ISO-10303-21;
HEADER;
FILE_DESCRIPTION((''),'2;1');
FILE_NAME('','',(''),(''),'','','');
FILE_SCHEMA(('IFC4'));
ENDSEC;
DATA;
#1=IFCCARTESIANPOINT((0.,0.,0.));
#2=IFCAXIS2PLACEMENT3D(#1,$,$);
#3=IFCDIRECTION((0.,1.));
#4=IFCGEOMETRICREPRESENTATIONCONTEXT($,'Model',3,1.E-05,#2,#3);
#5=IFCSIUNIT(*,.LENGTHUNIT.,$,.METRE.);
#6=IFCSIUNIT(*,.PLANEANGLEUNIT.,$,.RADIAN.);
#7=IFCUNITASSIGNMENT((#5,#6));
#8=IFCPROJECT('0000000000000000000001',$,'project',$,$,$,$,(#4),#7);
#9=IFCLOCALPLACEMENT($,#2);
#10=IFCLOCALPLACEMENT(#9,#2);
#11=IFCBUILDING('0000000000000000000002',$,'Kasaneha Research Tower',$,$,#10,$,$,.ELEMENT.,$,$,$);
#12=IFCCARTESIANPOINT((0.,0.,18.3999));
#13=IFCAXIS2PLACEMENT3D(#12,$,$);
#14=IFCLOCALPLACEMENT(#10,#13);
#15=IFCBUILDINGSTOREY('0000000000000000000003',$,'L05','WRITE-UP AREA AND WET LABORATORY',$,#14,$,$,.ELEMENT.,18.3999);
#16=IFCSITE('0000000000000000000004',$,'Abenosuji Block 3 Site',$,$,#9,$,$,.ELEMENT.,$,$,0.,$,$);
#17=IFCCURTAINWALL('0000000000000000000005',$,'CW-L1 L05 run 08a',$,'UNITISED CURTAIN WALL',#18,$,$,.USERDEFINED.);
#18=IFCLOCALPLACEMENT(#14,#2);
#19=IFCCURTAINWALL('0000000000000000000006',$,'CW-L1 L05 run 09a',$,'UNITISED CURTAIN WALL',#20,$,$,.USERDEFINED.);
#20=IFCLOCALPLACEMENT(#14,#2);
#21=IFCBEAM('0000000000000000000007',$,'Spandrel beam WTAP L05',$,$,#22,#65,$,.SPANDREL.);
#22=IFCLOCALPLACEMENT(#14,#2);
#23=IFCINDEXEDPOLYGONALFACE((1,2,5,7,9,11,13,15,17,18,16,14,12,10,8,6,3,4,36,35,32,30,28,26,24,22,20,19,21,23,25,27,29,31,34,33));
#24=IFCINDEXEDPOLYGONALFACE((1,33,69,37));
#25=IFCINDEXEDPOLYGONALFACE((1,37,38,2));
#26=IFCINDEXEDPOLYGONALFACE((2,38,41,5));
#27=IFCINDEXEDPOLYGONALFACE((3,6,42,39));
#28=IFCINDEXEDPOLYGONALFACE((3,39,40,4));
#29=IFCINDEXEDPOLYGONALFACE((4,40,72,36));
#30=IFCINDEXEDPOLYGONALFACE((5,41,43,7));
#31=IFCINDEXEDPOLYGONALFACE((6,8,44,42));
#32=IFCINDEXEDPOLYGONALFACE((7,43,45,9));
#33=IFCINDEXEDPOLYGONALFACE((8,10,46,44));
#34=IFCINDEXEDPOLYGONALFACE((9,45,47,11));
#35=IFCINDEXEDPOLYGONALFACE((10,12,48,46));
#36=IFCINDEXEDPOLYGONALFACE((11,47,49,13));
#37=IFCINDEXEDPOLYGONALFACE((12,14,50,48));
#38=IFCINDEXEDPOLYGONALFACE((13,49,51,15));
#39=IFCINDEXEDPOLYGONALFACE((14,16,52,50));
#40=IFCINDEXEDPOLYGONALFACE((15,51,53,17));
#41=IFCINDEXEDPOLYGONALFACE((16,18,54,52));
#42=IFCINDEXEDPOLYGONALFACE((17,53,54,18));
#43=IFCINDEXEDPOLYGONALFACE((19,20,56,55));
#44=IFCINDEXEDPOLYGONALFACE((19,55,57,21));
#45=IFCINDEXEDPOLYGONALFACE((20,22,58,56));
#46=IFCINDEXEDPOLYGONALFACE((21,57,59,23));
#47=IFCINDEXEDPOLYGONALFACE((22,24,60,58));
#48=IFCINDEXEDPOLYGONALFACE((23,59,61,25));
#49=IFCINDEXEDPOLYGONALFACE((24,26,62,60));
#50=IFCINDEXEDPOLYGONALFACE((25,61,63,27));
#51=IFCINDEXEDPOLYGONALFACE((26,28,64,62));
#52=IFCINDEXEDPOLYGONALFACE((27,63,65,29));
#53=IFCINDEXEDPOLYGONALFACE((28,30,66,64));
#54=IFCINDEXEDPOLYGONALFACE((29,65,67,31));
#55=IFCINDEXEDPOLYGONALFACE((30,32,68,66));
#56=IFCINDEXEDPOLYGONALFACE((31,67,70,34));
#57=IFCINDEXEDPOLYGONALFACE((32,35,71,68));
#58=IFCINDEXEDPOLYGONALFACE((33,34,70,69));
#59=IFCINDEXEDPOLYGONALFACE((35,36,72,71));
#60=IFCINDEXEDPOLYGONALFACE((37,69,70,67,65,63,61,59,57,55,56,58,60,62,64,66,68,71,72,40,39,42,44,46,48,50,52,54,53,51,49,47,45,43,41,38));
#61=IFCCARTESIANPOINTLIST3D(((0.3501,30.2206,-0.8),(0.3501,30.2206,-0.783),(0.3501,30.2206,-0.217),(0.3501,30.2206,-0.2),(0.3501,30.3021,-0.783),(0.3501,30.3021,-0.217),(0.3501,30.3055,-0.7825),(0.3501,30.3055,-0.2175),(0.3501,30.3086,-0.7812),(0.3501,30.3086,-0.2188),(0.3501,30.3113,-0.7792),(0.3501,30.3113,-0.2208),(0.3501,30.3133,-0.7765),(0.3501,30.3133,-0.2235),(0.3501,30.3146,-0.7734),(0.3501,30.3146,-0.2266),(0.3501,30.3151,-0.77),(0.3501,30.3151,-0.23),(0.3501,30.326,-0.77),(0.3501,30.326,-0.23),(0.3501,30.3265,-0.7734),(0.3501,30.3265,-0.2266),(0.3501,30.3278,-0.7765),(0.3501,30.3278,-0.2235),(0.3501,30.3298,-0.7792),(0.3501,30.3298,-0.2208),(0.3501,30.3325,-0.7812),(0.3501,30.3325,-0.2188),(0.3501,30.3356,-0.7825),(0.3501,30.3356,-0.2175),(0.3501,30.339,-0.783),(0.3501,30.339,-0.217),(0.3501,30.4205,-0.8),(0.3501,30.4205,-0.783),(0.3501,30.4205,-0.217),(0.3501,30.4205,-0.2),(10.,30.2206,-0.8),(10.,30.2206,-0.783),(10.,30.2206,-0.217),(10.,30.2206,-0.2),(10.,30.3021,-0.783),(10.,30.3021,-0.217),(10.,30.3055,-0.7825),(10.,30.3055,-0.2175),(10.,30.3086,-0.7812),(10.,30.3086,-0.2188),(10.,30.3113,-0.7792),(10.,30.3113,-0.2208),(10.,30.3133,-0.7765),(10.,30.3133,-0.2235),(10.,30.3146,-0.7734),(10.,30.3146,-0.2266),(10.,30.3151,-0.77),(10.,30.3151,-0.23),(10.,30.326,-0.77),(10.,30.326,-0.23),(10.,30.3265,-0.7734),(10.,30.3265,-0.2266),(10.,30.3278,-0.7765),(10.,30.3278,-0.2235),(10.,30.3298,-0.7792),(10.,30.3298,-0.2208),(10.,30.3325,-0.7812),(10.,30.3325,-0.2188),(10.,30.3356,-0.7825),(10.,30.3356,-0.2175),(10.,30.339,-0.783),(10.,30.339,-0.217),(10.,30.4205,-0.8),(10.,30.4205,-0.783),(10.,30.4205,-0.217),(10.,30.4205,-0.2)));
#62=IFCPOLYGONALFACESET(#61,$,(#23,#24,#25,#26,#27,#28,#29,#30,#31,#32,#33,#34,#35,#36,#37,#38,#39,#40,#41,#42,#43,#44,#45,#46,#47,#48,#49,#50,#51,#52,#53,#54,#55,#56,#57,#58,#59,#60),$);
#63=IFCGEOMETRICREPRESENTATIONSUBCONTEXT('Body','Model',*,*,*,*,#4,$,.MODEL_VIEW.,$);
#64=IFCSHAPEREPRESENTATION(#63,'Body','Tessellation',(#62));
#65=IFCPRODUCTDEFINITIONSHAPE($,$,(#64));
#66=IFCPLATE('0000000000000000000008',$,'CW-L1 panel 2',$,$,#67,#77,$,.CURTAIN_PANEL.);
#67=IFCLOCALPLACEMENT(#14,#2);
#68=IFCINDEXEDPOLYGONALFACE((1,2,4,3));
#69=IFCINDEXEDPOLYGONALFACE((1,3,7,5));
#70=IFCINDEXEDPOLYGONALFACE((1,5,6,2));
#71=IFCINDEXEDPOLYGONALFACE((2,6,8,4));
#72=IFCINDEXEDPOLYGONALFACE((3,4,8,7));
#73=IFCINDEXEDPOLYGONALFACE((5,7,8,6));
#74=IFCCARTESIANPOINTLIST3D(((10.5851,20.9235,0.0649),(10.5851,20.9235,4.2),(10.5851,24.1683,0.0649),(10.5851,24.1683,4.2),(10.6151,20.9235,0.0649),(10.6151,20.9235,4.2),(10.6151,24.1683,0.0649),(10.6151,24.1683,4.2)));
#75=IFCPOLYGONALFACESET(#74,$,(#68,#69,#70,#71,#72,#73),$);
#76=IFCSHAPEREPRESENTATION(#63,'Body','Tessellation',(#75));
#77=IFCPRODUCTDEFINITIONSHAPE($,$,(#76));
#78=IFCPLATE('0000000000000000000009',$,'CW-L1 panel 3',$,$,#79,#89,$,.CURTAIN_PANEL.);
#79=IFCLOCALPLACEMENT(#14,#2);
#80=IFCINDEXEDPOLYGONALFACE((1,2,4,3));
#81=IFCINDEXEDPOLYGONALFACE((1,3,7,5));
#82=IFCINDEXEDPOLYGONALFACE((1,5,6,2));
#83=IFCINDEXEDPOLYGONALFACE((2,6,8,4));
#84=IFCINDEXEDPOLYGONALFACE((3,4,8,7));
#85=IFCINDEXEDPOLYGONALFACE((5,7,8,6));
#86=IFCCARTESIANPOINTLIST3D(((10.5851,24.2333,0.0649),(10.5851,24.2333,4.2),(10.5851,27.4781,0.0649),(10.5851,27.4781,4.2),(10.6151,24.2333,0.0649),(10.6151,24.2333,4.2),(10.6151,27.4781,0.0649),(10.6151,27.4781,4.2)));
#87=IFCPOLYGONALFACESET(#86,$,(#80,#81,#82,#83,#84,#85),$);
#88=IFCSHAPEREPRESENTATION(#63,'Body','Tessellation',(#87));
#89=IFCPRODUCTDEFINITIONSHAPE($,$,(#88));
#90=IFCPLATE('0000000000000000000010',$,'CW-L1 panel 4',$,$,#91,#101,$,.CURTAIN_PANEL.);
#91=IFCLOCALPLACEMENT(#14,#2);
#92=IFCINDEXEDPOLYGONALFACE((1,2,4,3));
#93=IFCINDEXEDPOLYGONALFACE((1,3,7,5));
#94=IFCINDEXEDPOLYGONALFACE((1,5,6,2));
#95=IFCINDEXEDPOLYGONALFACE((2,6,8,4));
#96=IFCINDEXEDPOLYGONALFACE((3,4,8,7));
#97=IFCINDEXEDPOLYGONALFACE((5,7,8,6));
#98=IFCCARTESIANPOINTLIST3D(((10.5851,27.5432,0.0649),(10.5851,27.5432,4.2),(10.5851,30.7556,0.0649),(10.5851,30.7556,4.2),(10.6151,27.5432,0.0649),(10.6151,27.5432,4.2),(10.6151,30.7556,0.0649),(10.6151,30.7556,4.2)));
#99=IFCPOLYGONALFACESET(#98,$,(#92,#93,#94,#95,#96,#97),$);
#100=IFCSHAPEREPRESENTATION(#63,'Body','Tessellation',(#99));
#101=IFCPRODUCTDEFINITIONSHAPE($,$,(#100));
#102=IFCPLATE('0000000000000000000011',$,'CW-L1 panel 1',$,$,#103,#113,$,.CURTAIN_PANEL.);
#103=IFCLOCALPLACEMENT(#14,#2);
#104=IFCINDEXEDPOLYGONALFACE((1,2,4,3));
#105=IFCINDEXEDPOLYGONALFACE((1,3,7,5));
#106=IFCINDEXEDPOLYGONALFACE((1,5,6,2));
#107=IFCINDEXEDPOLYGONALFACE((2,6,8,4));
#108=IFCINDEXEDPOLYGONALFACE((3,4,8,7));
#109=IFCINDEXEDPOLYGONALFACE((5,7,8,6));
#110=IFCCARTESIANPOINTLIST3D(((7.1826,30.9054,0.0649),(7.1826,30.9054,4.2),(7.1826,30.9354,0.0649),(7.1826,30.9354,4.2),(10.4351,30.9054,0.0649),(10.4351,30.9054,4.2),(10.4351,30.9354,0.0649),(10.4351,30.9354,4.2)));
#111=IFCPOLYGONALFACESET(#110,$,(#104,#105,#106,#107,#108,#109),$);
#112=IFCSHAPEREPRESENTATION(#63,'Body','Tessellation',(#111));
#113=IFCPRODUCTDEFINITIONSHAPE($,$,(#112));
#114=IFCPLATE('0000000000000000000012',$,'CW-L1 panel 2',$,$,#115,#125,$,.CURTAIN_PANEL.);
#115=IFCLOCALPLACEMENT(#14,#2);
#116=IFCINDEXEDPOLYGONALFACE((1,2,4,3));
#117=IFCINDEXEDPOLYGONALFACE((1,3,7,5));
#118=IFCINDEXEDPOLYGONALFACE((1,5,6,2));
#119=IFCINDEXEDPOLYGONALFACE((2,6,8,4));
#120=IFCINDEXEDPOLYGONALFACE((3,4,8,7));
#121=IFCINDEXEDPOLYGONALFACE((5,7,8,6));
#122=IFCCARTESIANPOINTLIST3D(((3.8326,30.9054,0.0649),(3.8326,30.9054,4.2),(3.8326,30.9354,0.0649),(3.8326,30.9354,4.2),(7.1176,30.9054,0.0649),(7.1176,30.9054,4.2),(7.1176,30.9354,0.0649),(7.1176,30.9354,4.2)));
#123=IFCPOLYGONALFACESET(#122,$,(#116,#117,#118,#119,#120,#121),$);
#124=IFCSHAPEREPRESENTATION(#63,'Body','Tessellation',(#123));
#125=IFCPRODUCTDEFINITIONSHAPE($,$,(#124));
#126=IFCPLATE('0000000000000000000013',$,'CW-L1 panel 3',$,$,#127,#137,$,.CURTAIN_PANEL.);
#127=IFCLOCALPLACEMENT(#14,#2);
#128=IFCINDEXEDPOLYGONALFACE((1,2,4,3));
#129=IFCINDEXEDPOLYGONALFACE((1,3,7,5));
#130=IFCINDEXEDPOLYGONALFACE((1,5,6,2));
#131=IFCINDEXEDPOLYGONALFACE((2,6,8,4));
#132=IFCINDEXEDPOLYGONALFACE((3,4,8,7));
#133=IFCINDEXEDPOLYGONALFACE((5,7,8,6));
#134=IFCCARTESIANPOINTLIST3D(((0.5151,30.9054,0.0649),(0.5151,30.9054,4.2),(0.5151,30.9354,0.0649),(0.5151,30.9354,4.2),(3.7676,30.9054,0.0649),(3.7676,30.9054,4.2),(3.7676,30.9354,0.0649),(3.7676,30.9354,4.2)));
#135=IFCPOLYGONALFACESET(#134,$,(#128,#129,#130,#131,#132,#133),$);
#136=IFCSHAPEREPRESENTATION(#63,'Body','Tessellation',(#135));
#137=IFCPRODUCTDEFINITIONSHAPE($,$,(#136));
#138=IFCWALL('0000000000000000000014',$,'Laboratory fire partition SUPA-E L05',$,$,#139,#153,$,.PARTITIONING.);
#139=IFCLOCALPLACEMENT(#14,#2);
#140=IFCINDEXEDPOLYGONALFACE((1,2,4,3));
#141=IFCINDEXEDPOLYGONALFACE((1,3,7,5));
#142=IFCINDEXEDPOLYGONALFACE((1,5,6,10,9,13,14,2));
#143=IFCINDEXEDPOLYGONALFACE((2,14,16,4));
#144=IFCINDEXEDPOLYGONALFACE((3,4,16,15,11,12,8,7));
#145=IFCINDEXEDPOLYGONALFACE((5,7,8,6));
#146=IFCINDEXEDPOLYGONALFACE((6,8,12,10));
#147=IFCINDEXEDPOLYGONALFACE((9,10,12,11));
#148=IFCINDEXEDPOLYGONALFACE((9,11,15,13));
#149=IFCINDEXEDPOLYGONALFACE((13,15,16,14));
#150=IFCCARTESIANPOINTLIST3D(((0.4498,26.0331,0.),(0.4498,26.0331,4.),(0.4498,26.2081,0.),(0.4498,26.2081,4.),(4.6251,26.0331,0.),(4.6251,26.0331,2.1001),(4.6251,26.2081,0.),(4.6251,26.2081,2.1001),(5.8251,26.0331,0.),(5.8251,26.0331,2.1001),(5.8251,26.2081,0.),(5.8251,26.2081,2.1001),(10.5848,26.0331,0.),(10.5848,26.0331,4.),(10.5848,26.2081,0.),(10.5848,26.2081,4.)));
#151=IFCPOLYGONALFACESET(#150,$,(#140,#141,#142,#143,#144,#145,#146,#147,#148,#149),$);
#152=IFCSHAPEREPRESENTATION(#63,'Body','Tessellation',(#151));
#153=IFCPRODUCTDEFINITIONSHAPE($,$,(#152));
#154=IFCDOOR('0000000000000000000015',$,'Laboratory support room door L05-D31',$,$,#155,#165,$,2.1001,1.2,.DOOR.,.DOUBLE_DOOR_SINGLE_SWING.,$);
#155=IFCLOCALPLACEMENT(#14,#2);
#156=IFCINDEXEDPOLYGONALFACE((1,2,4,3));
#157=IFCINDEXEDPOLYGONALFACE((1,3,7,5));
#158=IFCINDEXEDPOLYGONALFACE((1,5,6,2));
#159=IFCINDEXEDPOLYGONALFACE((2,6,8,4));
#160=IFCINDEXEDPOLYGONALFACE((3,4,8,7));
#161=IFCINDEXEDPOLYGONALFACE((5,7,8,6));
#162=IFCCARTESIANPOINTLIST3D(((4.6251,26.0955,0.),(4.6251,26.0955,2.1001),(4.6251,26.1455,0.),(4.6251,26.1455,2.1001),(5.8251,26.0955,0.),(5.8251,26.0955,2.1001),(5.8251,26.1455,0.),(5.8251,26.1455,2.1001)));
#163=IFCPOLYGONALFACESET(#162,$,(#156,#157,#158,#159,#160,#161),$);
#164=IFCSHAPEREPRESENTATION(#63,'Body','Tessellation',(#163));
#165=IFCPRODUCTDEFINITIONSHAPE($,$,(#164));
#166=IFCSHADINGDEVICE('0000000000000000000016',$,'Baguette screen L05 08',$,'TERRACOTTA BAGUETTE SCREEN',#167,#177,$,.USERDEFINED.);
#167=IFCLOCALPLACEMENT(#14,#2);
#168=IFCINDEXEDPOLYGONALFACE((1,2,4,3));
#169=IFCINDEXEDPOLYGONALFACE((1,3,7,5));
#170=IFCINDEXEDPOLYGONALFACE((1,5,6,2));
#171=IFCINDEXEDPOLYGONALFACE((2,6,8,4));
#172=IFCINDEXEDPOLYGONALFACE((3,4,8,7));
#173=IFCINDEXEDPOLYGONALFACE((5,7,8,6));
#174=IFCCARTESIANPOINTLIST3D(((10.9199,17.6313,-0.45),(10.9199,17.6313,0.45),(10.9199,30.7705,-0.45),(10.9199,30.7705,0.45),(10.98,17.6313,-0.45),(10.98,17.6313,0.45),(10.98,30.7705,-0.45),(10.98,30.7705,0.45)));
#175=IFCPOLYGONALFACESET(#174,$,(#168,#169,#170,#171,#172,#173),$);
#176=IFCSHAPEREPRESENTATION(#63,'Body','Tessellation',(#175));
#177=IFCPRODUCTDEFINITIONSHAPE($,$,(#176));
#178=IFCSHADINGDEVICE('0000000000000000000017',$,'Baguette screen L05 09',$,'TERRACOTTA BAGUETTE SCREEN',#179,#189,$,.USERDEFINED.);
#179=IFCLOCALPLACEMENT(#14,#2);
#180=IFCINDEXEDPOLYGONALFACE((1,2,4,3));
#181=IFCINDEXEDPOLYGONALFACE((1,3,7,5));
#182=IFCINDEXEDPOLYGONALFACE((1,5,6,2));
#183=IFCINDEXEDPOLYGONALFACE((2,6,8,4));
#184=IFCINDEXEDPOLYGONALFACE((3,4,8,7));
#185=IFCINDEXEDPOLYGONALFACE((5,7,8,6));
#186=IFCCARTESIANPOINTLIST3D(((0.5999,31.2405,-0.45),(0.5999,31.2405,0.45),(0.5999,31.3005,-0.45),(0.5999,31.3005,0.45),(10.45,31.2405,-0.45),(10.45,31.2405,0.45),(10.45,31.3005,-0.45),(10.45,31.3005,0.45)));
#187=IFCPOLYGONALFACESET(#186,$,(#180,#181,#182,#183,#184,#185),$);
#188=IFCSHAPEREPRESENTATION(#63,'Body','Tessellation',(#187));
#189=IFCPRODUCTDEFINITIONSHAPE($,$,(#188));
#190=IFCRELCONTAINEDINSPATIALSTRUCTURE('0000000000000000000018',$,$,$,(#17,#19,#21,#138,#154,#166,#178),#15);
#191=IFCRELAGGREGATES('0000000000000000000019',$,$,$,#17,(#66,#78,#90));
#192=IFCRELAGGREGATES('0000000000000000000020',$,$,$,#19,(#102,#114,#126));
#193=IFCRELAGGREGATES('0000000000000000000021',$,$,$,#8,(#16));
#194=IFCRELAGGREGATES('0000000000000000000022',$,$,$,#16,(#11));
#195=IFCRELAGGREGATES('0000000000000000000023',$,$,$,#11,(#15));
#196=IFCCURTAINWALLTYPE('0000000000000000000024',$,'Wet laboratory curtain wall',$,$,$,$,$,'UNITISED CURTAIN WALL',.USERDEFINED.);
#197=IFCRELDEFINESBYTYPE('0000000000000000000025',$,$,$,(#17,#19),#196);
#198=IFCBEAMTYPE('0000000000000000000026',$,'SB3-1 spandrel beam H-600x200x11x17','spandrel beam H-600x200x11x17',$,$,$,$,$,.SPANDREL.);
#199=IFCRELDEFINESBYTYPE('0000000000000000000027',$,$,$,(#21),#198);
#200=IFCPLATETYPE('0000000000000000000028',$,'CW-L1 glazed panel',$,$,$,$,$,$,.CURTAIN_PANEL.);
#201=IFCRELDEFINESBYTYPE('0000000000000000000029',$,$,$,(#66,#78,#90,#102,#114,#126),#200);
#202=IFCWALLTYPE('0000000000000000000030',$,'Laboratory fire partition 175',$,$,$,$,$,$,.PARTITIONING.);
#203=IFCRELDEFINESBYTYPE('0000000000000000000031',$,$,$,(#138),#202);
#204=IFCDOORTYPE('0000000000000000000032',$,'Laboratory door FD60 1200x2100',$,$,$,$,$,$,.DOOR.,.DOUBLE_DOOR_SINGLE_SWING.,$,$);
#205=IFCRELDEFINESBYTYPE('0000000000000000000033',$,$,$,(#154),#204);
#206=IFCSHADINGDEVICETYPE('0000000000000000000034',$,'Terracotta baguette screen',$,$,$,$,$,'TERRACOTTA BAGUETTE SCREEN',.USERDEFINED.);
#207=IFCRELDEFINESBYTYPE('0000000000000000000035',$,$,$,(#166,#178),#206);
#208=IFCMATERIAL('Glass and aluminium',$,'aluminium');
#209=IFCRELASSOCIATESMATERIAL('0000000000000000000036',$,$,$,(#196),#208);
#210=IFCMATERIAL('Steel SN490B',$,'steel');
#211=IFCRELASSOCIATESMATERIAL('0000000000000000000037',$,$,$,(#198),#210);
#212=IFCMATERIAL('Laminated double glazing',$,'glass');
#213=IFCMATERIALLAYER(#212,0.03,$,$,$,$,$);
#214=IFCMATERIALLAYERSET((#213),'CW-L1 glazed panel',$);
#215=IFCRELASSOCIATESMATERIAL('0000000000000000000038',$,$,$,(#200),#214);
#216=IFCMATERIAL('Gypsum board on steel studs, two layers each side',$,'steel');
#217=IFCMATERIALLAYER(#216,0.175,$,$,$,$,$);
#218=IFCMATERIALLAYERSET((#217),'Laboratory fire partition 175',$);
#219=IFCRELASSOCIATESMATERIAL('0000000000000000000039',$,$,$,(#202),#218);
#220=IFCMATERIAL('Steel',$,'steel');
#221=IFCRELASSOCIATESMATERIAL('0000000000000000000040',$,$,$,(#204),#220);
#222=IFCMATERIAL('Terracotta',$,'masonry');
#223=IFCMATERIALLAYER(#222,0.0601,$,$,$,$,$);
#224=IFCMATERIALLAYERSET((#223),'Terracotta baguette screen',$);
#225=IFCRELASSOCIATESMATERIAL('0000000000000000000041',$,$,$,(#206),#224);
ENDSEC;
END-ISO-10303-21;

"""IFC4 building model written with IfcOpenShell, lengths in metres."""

from ifc_helpers import new_model, si_unit, direction, frame, frame_2d, origin, origin_2d, place, context, subcontext, project, spatial, rectangle, i_section, extrude, material, layer, layer_set, material_profile, profile_set, type_object, element, fill, aggregate, save


model = new_model("IFC4")

# Units and contexts
model_context = context("Model", 3, precision=1e-05, world=origin(), true_north=direction((0.0, 1.0)))
body_context = subcontext(model_context, "Body", "Model", "MODEL_VIEW")
ifc_project = project(units=[si_unit("LENGTHUNIT", "METRE"), si_unit("PLANEANGLEUNIT", "RADIAN")], contexts=[model_context])

# Site, building, storey
site_placement = place(None, origin())
site = spatial("IfcSite", under=ifc_project, at=site_placement, Name="Abenosuji Block 3 Site", CompositionType="ELEMENT", RefElevation=0.0)
building_placement = place(site_placement, origin())
building = spatial("IfcBuilding", under=site, at=building_placement, Name="Kasaneha Research Tower", CompositionType="ELEMENT")
storey_placement = place(building_placement, frame((0.0, 0.0, 18.3999)))
storey = spatial("IfcBuildingStorey", under=building, at=storey_placement, Name="L05", Description="WRITE-UP AREA AND WET LABORATORY", CompositionType="ELEMENT", Elevation=18.3999)

# Curtain walls
ifc_material_1 = material(Name="Glass and aluminium", Category="aluminium")
curtain_wall_type = type_object("IfcCurtainWallType", Name="Wet laboratory curtain wall", ElementType="UNITISED CURTAIN WALL", PredefinedType="USERDEFINED", material=ifc_material_1)
curtain_wall_1_placement = place(storey_placement, origin())
curtain_wall_1 = element("IfcCurtainWall", 1, at=curtain_wall_1_placement, inside=storey, type_object=curtain_wall_type, Name="CW-L1 L05 run 08a", ObjectType="UNITISED CURTAIN WALL", PredefinedType="USERDEFINED")
curtain_wall_2_placement = place(storey_placement, origin())
curtain_wall_2 = element("IfcCurtainWall", 2, at=curtain_wall_2_placement, inside=storey, type_object=curtain_wall_type, Name="CW-L1 L05 run 09a", ObjectType="UNITISED CURTAIN WALL", PredefinedType="USERDEFINED")

# Beam
ifc_material_2 = material(Name="Steel SN490B", Category="steel")
ifc_material_profile_1 = material_profile(ifc_material_2, i_section(OverallWidth=0.2, OverallDepth=0.6001, WebThickness=0.011, FlangeThickness=0.0171, FilletRadius=0.0129, at=origin_2d()), Name="H-600x200x11x17")
ifc_profile_set_1 = profile_set([ifc_material_profile_1], Name="Steel SN490B")
beam_type_1 = type_object("IfcBeamType", Name="SB3-1 spandrel beam H-600x200x11x17", Description="spandrel beam H-600x200x11x17", PredefinedType="SPANDREL", material=ifc_profile_set_1)
beam_1_placement = place(storey_placement, frame((10.0, 30.3206, -0.5), z_axis=(-1.0, 0.0, 0.0), x_axis=(0.0, -1.0, 0.0)))
element("IfcBeam", 3, at=beam_1_placement, inside=storey, type_object=beam_type_1, Name="Spandrel beam WTAP L05", PredefinedType="SPANDREL", context=body_context, shape_type="SweptSolid", body=[
    extrude(i_section(OverallWidth=0.2, OverallDepth=0.6001, WebThickness=0.011, FlangeThickness=0.0171, FilletRadius=0.0129, at=origin_2d()), origin(), (0.0, 0.0, 1.0), 9.6499),
])

# Plates
ifc_material_3 = material(Name="Laminated double glazing", Category="glass")
ifc_layer_1 = layer(ifc_material_3, 0.03)
ifc_layer_set_1 = layer_set([ifc_layer_1], Name="CW-L1 glazed panel")
plate_type = type_object("IfcPlateType", Name="CW-L1 glazed panel", PredefinedType="CURTAIN_PANEL", material=ifc_layer_set_1)
plate_1_placement = place(storey_placement, frame((10.6001, 22.5459, 0.0649), z_axis=(0.0, 0.0, 1.0), x_axis=(0.0, 1.0, 0.0)))
plate_1 = element("IfcPlate", 4, at=plate_1_placement, type_object=plate_type, Name="CW-L1 panel 2", PredefinedType="CURTAIN_PANEL", context=body_context, shape_type="SweptSolid", body=[
    extrude(rectangle(XDim=3.2449, YDim=0.03, at=origin_2d()), origin(), (0.0, 0.0, 1.0), 4.135),
])
plate_2_placement = place(storey_placement, frame((10.6001, 25.8557, 0.0649), z_axis=(0.0, 0.0, 1.0), x_axis=(0.0, 1.0, 0.0)))
plate_2 = element("IfcPlate", 5, at=plate_2_placement, type_object=plate_type, Name="CW-L1 panel 3", PredefinedType="CURTAIN_PANEL", context=body_context, shape_type="SweptSolid", body=[
    extrude(rectangle(XDim=3.2449, YDim=0.03, at=origin_2d()), origin(), (0.0, 0.0, 1.0), 4.135),
])
plate_3_placement = place(storey_placement, frame((10.6001, 29.1494, 0.0649), z_axis=(0.0, 0.0, 1.0), x_axis=(0.0, 1.0, 0.0)))
plate_3 = element("IfcPlate", 6, at=plate_3_placement, type_object=plate_type, Name="CW-L1 panel 4", PredefinedType="CURTAIN_PANEL", context=body_context, shape_type="SweptSolid", body=[
    extrude(rectangle(XDim=3.2124, YDim=0.03, at=origin_2d()), origin(), (0.0, 0.0, 1.0), 4.135),
])
aggregate(curtain_wall_1, [plate_1, plate_2, plate_3])
plate_4_placement = place(storey_placement, frame((8.8088, 30.9204, 0.0649), z_axis=(0.0, 0.0, 1.0), x_axis=(-1.0, 0.0, 0.0)))
plate_4 = element("IfcPlate", 7, at=plate_4_placement, type_object=plate_type, Name="CW-L1 panel 1", PredefinedType="CURTAIN_PANEL", context=body_context, shape_type="SweptSolid", body=[
    extrude(rectangle(XDim=3.2524, YDim=0.03, at=origin_2d()), origin(), (0.0, 0.0, 1.0), 4.135),
])
plate_5_placement = place(storey_placement, frame((5.4751, 30.9204, 0.0649), z_axis=(0.0, 0.0, 1.0), x_axis=(-1.0, 0.0, 0.0)))
plate_5 = element("IfcPlate", 8, at=plate_5_placement, type_object=plate_type, Name="CW-L1 panel 2", PredefinedType="CURTAIN_PANEL", context=body_context, shape_type="SweptSolid", body=[
    extrude(rectangle(XDim=3.2849, YDim=0.03, at=origin_2d()), origin(), (0.0, 0.0, 1.0), 4.135),
])
plate_6_placement = place(storey_placement, frame((2.1414, 30.9204, 0.0649), z_axis=(0.0, 0.0, 1.0), x_axis=(-1.0, 0.0, 0.0)))
plate_6 = element("IfcPlate", 9, at=plate_6_placement, type_object=plate_type, Name="CW-L1 panel 3", PredefinedType="CURTAIN_PANEL", context=body_context, shape_type="SweptSolid", body=[
    extrude(rectangle(XDim=3.2524, YDim=0.03, at=origin_2d()), origin(), (0.0, 0.0, 1.0), 4.135),
])
aggregate(curtain_wall_2, [plate_4, plate_5, plate_6])

# Wall, opening, door
ifc_material_4 = material(Name="Gypsum board on steel studs, two layers each side", Category="steel")
ifc_layer_2 = layer(ifc_material_4, 0.175)
ifc_layer_set_2 = layer_set([ifc_layer_2], Name="Laboratory fire partition 175")
wall_type = type_object("IfcWallType", Name="Laboratory fire partition 175", PredefinedType="PARTITIONING", material=ifc_layer_set_2)
wall_placement = place(storey_placement, frame((0.45, 26.1206, 0.0), z_axis=(0.0, 0.0, 1.0), x_axis=(1.0, 0.0, 0.0)))
wall = element("IfcWall", 10, at=wall_placement, inside=storey, type_object=wall_type, Name="Laboratory fire partition SUPA-E L05", PredefinedType="PARTITIONING", context=body_context, shape_type="SweptSolid", body=[
    extrude(rectangle(XDim=10.135, YDim=0.175, at=frame_2d((5.0674, 0.0))), origin(), (0.0, 0.0, 1.0), 4.0),
])
opening_placement = place(wall_placement, frame((4.175, 0.0, 0.0)))
opening = element("IfcOpeningElement", 11, at=opening_placement, cuts=wall, PredefinedType="OPENING", context=body_context, shape_type="SweptSolid", body=[
    extrude(rectangle(XDim=1.2, YDim=2.1001, at=frame_2d((0.6001, 1.05))), frame((0.0, 0.0977, 0.0), z_axis=(0.0, -1.0, 0.0), x_axis=(1.0, 0.0, 0.0)), (0.0, 0.0, 1.0), 0.1951),
])
ifc_material_5 = material(Name="Steel", Category="steel")
door_type = type_object("IfcDoorType", Name="Laboratory door FD60 1200x2100", OperationType="DOUBLE_DOOR_SINGLE_SWING", PredefinedType="DOOR", material=ifc_material_5)
door_placement = place(opening_placement, origin())
door = element("IfcDoor", 12, at=door_placement, inside=storey, type_object=door_type, Name="Laboratory support room door L05-D31", OperationType="DOUBLE_DOOR_SINGLE_SWING", OverallHeight=2.1001, OverallWidth=1.2, PredefinedType="DOOR", context=body_context, shape_type="SweptSolid", body=[
    extrude(rectangle(XDim=1.2, YDim=2.1001, at=frame_2d((0.6001, 1.05))), frame((0.0, 0.0249, 0.0), z_axis=(0.0, -1.0, 0.0), x_axis=(1.0, 0.0, 0.0)), (0.0, 0.0, 1.0), 0.05),
])
fill(opening, door)

# Shading devices
ifc_material_6 = material(Name="Terracotta", Category="masonry")
ifc_layer_3 = layer(ifc_material_6, 0.0601)
ifc_layer_set_3 = layer_set([ifc_layer_3], Name="Terracotta baguette screen")
shading_device_type = type_object("IfcShadingDeviceType", Name="Terracotta baguette screen", ElementType="TERRACOTTA BAGUETTE SCREEN", PredefinedType="USERDEFINED", material=ifc_layer_set_3)
shading_device_1_placement = place(storey_placement, frame((10.95, 24.2009, -0.45), z_axis=(0.0, 0.0, 1.0), x_axis=(0.0, 1.0, 0.0)))
element("IfcShadingDevice", 13, at=shading_device_1_placement, inside=storey, type_object=shading_device_type, Name="Baguette screen L05 08", ObjectType="TERRACOTTA BAGUETTE SCREEN", PredefinedType="USERDEFINED", context=body_context, shape_type="SweptSolid", body=[
    extrude(rectangle(XDim=13.1392, YDim=0.0601, at=origin_2d()), origin(), (0.0, 0.0, 1.0), 0.8999),
])
shading_device_2_placement = place(storey_placement, frame((5.5249, 31.2705, -0.45), z_axis=(0.0, 0.0, 1.0), x_axis=(-1.0, 0.0, 0.0)))
element("IfcShadingDevice", 14, at=shading_device_2_placement, inside=storey, type_object=shading_device_type, Name="Baguette screen L05 09", ObjectType="TERRACOTTA BAGUETTE SCREEN", PredefinedType="USERDEFINED", context=body_context, shape_type="SweptSolid", body=[
    extrude(rectangle(XDim=9.8501, YDim=0.0601, at=origin_2d()), origin(), (0.0, 0.0, 1.0), 0.8999),
])

save(model, "model.ifc")
